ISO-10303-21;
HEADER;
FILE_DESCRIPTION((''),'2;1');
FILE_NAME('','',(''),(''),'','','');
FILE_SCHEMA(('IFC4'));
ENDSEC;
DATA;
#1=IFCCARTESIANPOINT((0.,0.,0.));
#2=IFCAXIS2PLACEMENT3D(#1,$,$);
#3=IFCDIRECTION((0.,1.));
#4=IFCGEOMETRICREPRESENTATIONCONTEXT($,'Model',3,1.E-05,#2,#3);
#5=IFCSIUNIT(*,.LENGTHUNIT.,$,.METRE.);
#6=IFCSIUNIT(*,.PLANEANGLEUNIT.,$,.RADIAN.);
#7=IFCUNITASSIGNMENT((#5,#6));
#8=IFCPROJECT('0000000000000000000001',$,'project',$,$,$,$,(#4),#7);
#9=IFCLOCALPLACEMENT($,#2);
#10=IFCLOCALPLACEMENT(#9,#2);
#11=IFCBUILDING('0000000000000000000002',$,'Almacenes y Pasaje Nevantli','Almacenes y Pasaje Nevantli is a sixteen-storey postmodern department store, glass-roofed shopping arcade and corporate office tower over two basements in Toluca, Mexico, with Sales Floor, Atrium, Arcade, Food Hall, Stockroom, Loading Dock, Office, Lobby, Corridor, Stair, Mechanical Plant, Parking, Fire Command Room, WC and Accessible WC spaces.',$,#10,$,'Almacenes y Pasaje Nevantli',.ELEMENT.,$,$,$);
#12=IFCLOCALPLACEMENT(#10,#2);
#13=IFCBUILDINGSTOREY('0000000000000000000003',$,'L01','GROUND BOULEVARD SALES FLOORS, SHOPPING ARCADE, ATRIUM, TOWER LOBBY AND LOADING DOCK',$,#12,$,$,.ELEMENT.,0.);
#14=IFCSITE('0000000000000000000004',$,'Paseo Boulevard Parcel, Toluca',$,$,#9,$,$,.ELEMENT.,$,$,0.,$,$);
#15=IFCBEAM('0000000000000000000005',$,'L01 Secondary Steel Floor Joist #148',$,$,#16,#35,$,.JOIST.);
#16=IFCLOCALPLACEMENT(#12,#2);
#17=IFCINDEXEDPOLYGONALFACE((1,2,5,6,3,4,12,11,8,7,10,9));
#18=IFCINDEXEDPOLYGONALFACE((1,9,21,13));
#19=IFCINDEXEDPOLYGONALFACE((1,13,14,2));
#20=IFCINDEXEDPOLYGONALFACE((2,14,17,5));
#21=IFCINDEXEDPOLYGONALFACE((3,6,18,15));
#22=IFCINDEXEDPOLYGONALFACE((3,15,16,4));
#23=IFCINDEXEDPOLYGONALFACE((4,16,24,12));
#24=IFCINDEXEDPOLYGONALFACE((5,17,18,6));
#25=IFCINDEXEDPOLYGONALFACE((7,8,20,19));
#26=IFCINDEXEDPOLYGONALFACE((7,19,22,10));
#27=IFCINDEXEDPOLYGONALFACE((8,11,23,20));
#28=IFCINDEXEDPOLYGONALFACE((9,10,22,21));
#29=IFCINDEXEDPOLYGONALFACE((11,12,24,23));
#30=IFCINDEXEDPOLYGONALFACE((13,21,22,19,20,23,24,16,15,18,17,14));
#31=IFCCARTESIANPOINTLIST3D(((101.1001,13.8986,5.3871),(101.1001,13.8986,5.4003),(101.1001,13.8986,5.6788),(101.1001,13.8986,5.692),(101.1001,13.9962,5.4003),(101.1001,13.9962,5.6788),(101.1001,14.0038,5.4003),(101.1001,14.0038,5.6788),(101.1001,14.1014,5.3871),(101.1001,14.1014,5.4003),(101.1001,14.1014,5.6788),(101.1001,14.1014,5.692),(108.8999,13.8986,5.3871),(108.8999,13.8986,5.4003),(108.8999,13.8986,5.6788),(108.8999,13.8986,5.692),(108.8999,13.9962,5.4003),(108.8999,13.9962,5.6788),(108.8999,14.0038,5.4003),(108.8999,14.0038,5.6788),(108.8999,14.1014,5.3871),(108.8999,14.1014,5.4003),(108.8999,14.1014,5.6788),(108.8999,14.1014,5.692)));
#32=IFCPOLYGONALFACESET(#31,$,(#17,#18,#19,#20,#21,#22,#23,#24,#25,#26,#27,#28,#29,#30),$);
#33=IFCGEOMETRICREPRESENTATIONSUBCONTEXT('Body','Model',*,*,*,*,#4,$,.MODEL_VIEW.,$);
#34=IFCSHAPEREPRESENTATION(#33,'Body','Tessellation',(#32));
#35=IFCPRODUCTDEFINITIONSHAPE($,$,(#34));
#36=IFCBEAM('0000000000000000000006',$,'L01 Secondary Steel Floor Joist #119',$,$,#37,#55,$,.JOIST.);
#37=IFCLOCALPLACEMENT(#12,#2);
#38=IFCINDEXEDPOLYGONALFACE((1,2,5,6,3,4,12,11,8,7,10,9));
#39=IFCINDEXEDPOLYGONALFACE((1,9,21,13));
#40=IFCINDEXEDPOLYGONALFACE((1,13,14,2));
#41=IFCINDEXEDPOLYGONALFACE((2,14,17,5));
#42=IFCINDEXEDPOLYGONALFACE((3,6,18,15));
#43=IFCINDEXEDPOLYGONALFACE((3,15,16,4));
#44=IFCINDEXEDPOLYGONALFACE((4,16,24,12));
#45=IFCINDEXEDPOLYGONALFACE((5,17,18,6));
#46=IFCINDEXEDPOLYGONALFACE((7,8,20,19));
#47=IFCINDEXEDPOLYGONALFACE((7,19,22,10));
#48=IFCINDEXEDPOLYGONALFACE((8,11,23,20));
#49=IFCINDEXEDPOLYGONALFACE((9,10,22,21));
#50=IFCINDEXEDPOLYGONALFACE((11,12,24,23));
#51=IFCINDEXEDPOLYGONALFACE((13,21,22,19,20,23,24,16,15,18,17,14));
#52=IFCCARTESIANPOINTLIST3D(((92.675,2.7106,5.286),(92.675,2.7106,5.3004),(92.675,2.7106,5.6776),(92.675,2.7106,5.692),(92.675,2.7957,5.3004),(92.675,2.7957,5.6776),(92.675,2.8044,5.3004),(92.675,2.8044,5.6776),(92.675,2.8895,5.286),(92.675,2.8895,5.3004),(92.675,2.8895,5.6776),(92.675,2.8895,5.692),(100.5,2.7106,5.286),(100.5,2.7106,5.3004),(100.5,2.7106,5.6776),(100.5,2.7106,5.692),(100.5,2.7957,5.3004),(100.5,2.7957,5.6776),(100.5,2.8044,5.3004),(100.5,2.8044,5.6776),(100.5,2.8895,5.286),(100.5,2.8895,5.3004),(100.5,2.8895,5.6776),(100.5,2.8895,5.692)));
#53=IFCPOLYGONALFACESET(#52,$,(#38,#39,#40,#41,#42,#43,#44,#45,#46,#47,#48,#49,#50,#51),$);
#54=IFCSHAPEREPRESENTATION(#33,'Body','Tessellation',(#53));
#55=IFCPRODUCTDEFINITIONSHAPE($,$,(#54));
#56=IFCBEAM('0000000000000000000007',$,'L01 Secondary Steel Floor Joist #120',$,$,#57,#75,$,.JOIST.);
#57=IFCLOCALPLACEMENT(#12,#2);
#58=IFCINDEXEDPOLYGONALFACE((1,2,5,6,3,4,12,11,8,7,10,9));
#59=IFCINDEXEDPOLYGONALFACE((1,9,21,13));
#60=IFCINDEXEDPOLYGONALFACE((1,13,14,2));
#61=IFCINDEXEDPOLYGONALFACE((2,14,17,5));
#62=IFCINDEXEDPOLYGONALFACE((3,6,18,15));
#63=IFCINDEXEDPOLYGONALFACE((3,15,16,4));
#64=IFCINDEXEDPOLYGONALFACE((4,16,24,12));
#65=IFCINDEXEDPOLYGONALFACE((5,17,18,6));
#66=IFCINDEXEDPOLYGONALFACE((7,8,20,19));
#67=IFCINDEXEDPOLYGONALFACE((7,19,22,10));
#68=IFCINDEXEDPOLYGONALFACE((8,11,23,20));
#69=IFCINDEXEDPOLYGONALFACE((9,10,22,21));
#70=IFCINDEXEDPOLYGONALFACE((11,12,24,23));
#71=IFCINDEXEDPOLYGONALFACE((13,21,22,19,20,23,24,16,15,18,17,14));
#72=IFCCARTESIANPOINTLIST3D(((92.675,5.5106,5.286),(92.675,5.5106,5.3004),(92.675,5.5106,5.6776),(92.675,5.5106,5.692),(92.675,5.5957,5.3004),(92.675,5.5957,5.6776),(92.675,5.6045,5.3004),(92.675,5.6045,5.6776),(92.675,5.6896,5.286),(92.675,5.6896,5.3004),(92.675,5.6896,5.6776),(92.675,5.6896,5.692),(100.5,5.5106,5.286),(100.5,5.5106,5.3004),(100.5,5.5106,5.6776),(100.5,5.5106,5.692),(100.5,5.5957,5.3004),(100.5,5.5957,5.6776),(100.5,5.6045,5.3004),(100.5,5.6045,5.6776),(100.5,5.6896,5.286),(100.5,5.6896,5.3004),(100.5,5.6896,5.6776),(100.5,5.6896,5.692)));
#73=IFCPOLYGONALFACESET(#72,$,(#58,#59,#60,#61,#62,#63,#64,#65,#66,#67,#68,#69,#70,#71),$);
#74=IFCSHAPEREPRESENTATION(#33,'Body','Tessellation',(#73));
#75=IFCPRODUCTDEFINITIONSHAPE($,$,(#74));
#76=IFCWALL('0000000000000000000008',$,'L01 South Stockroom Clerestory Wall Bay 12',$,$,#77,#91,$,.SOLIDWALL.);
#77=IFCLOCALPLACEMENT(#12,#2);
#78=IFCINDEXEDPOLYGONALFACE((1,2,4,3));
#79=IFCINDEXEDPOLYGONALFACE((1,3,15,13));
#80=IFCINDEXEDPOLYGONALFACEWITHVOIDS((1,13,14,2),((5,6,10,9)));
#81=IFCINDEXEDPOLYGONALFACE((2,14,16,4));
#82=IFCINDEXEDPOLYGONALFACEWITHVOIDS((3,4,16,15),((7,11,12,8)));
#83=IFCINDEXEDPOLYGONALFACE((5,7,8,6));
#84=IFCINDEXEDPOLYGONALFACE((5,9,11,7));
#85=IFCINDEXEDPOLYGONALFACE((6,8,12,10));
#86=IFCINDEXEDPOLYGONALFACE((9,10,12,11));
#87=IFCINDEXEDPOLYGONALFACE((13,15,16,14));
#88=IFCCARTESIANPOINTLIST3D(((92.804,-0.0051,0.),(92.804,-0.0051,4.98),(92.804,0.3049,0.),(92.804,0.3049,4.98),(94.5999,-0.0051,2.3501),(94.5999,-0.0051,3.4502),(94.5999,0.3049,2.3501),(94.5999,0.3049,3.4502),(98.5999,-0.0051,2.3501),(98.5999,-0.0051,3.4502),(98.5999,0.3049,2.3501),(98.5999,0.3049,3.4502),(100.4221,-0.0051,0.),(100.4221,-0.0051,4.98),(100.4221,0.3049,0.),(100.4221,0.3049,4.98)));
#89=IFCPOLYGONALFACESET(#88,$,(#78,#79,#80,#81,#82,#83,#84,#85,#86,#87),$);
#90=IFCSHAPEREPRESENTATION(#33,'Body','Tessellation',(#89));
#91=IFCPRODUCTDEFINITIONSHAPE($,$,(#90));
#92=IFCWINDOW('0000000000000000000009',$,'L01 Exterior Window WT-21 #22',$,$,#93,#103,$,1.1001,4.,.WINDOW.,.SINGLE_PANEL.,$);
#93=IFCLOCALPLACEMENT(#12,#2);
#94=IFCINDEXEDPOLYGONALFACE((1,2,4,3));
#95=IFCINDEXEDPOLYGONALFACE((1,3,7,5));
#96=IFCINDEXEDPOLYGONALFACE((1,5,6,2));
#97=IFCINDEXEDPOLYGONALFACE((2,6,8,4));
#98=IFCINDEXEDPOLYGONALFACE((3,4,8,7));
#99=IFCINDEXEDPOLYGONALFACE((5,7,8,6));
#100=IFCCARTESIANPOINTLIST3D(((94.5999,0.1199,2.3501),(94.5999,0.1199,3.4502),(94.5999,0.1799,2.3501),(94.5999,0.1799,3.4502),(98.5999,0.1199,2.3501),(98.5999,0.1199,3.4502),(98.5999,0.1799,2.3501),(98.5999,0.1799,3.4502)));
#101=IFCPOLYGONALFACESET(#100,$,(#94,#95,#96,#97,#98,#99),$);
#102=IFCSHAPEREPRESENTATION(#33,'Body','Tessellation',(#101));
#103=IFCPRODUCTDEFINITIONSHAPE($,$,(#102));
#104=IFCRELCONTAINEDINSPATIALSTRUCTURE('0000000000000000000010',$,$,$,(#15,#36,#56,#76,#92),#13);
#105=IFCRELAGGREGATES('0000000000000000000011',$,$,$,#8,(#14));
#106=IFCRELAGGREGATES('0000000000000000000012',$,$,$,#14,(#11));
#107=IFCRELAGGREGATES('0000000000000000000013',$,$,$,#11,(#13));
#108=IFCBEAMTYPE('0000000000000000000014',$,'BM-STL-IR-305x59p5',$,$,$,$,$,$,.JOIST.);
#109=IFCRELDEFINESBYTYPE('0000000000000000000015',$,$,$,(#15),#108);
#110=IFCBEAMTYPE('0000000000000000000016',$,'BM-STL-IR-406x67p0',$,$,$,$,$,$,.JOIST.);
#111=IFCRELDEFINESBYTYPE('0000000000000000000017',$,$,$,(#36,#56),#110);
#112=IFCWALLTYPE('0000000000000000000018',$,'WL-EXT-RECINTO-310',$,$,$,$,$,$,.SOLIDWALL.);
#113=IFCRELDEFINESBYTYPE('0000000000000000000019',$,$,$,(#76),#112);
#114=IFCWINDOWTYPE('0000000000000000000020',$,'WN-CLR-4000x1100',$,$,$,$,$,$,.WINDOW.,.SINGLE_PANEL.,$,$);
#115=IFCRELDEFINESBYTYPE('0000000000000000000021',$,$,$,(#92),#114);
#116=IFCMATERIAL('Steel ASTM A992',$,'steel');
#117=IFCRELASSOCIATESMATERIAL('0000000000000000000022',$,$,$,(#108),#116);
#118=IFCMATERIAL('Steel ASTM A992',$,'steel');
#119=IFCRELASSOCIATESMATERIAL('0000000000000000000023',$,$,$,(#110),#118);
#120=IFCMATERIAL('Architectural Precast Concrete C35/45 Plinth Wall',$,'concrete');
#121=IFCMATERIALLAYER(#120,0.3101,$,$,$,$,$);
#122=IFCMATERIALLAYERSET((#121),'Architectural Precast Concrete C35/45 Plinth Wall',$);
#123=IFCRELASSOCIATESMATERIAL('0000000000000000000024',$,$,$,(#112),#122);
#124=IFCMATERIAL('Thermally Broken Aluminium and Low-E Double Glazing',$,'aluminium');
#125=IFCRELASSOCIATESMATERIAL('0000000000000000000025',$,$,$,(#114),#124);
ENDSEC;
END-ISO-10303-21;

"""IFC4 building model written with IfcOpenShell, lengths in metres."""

from ifc_helpers import new_model, si_unit, direction, frame, frame_2d, origin, origin_2d, place, context, subcontext, project, spatial, rectangle, i_section, extrude, material, layer, layer_set, material_profile, profile_set, type_object, element, fill, save


model = new_model("IFC4")

# Units and contexts
model_context = context("Model", 3, precision=1e-05, world=origin(), true_north=direction((0.0, 1.0)))
body_context = subcontext(model_context, "Body", "Model", "MODEL_VIEW")
ifc_project = project(units=[si_unit("LENGTHUNIT", "METRE"), si_unit("PLANEANGLEUNIT", "RADIAN")], contexts=[model_context])

# Site, building, storey
site_placement = place(None, origin())
site = spatial("IfcSite", under=ifc_project, at=site_placement, Name="Paseo Boulevard Parcel, Toluca", CompositionType="ELEMENT", RefElevation=0.0)
building_placement = place(site_placement, origin())
building = spatial("IfcBuilding", under=site, at=building_placement, Name="Almacenes y Pasaje Nevantli", Description="Almacenes y Pasaje Nevantli is a sixteen-storey postmodern department store, glass-roofed shopping arcade and corporate office tower over two basements in Toluca, Mexico, with Sales Floor, Atrium, Arcade, Food Hall, Stockroom, Loading Dock, Office, Lobby, Corridor, Stair, Mechanical Plant, Parking, Fire Command Room, WC and Accessible WC spaces.", LongName="Almacenes y Pasaje Nevantli", CompositionType="ELEMENT")
storey_placement = place(building_placement, origin())
storey = spatial("IfcBuildingStorey", under=building, at=storey_placement, Name="L01", Description="GROUND BOULEVARD SALES FLOORS, SHOPPING ARCADE, ATRIUM, TOWER LOBBY AND LOADING DOCK", CompositionType="ELEMENT", Elevation=0.0)

# Beams
ifc_material_1 = material(Name="Steel ASTM A992", Category="steel")
ifc_material_profile_1 = material_profile(ifc_material_1, i_section(OverallWidth=0.2029, OverallDepth=0.3049, WebThickness=0.0076, FlangeThickness=0.0132, at=origin_2d()), Name="IR 305x59.5")
ifc_profile_set_1 = profile_set([ifc_material_profile_1], Name="Steel ASTM A992")
beam_type_1 = type_object("IfcBeamType", Name="BM-STL-IR-305x59p5", PredefinedType="JOIST", material=ifc_profile_set_1)
for number, where, z_axis, x_axis, name in (
    (1, (101.1001, 14.0, 5.5396), (1.0, 0.0, 0.0), (0.0, 1.0, 0.0), "L01 Secondary Steel Floor Joist #148"),
):
    element("IfcBeam", number, at=place(storey_placement, frame(where, z_axis=z_axis, x_axis=x_axis)), inside=storey, type_object=beam_type_1, Name=name, PredefinedType="JOIST", context=body_context, shape_type="SweptSolid", body=[
        extrude(i_section(OverallWidth=0.2029, OverallDepth=0.3049, WebThickness=0.0076, FlangeThickness=0.0132, at=origin_2d()), origin(), (0.0, 0.0, 1.0), 7.7998),
    ])
ifc_material_2 = material(Name="Steel ASTM A992", Category="steel")
ifc_material_profile_2 = material_profile(ifc_material_2, i_section(OverallWidth=0.179, OverallDepth=0.406, WebThickness=0.0088, FlangeThickness=0.0144, at=origin_2d()), Name="IR 406x67.0")
ifc_profile_set_2 = profile_set([ifc_material_profile_2], Name="Steel ASTM A992")
beam_type_2 = type_object("IfcBeamType", Name="BM-STL-IR-406x67p0", PredefinedType="JOIST", material=ifc_profile_set_2)
for number, where, z_axis, x_axis, name in (
    (2, (92.675, 2.8, 5.489), (1.0, 0.0, 0.0), (0.0, 1.0, 0.0), "L01 Secondary Steel Floor Joist #119"),
    (3, (92.675, 5.6001, 5.489), (1.0, 0.0, 0.0), (0.0, 1.0, 0.0), "L01 Secondary Steel Floor Joist #120"),
):
    element("IfcBeam", number, at=place(storey_placement, frame(where, z_axis=z_axis, x_axis=x_axis)), inside=storey, type_object=beam_type_2, Name=name, PredefinedType="JOIST", context=body_context, shape_type="SweptSolid", body=[
        extrude(i_section(OverallWidth=0.179, OverallDepth=0.406, WebThickness=0.0088, FlangeThickness=0.0144, at=origin_2d()), origin(), (0.0, 0.0, 1.0), 7.825),
    ])

# Wall, opening, window
ifc_material_3 = material(Name="Architectural Precast Concrete C35/45 Plinth Wall", Category="concrete")
ifc_layer = layer(ifc_material_3, 0.3101)
ifc_layer_set = layer_set([ifc_layer], Name="Architectural Precast Concrete C35/45 Plinth Wall")
wall_type = type_object("IfcWallType", Name="WL-EXT-RECINTO-310", PredefinedType="SOLIDWALL", material=ifc_layer_set)
wall_placement = place(storey_placement, frame((92.804, 0.1499, 0.0), z_axis=(0.0, 0.0, 1.0), x_axis=(1.0, 0.0, 0.0)))
wall = element("IfcWall", 4, at=wall_placement, inside=storey, type_object=wall_type, Name="L01 South Stockroom Clerestory Wall Bay 12", PredefinedType="SOLIDWALL", context=body_context, shape_type="SweptSolid", body=[
    extrude(rectangle(XDim=7.6182, YDim=0.3101, at=frame_2d((3.8091, 0.0))), origin(), (0.0, 0.0, 1.0), 4.98),
])
opening_placement = place(wall_placement, frame((1.7959, 0.0, 2.3501)))
opening = element("IfcOpeningElement", 5, at=opening_placement, cuts=wall, PredefinedType="OPENING", context=body_context, shape_type="SweptSolid", body=[
    extrude(rectangle(XDim=4.0, YDim=1.1001, at=frame_2d((2.0, 0.55))), frame((0.0, 0.165, 0.0), z_axis=(0.0, -1.0, 0.0), x_axis=(1.0, 0.0, 0.0)), (0.0, 0.0, 1.0), 0.3301),
])
ifc_material_4 = material(Name="Thermally Broken Aluminium and Low-E Double Glazing", Category="aluminium")
window_type = type_object("IfcWindowType", Name="WN-CLR-4000x1100", PartitioningType="SINGLE_PANEL", PredefinedType="WINDOW", material=ifc_material_4)
window_placement = place(opening_placement, origin())
window = element("IfcWindow", 6, at=window_placement, inside=storey, type_object=window_type, Name="L01 Exterior Window WT-21 #22", OverallHeight=1.1001, OverallWidth=4.0, PartitioningType="SINGLE_PANEL", PredefinedType="WINDOW", context=body_context, shape_type="SweptSolid", body=[
    extrude(rectangle(XDim=4.0, YDim=1.1001, at=frame_2d((2.0, 0.55))), frame((0.0, 0.03, 0.0), z_axis=(0.0, -1.0, 0.0), x_axis=(1.0, 0.0, 0.0)), (0.0, 0.0, 1.0), 0.0601),
])
fill(opening, window)

save(model, "model.ifc")
